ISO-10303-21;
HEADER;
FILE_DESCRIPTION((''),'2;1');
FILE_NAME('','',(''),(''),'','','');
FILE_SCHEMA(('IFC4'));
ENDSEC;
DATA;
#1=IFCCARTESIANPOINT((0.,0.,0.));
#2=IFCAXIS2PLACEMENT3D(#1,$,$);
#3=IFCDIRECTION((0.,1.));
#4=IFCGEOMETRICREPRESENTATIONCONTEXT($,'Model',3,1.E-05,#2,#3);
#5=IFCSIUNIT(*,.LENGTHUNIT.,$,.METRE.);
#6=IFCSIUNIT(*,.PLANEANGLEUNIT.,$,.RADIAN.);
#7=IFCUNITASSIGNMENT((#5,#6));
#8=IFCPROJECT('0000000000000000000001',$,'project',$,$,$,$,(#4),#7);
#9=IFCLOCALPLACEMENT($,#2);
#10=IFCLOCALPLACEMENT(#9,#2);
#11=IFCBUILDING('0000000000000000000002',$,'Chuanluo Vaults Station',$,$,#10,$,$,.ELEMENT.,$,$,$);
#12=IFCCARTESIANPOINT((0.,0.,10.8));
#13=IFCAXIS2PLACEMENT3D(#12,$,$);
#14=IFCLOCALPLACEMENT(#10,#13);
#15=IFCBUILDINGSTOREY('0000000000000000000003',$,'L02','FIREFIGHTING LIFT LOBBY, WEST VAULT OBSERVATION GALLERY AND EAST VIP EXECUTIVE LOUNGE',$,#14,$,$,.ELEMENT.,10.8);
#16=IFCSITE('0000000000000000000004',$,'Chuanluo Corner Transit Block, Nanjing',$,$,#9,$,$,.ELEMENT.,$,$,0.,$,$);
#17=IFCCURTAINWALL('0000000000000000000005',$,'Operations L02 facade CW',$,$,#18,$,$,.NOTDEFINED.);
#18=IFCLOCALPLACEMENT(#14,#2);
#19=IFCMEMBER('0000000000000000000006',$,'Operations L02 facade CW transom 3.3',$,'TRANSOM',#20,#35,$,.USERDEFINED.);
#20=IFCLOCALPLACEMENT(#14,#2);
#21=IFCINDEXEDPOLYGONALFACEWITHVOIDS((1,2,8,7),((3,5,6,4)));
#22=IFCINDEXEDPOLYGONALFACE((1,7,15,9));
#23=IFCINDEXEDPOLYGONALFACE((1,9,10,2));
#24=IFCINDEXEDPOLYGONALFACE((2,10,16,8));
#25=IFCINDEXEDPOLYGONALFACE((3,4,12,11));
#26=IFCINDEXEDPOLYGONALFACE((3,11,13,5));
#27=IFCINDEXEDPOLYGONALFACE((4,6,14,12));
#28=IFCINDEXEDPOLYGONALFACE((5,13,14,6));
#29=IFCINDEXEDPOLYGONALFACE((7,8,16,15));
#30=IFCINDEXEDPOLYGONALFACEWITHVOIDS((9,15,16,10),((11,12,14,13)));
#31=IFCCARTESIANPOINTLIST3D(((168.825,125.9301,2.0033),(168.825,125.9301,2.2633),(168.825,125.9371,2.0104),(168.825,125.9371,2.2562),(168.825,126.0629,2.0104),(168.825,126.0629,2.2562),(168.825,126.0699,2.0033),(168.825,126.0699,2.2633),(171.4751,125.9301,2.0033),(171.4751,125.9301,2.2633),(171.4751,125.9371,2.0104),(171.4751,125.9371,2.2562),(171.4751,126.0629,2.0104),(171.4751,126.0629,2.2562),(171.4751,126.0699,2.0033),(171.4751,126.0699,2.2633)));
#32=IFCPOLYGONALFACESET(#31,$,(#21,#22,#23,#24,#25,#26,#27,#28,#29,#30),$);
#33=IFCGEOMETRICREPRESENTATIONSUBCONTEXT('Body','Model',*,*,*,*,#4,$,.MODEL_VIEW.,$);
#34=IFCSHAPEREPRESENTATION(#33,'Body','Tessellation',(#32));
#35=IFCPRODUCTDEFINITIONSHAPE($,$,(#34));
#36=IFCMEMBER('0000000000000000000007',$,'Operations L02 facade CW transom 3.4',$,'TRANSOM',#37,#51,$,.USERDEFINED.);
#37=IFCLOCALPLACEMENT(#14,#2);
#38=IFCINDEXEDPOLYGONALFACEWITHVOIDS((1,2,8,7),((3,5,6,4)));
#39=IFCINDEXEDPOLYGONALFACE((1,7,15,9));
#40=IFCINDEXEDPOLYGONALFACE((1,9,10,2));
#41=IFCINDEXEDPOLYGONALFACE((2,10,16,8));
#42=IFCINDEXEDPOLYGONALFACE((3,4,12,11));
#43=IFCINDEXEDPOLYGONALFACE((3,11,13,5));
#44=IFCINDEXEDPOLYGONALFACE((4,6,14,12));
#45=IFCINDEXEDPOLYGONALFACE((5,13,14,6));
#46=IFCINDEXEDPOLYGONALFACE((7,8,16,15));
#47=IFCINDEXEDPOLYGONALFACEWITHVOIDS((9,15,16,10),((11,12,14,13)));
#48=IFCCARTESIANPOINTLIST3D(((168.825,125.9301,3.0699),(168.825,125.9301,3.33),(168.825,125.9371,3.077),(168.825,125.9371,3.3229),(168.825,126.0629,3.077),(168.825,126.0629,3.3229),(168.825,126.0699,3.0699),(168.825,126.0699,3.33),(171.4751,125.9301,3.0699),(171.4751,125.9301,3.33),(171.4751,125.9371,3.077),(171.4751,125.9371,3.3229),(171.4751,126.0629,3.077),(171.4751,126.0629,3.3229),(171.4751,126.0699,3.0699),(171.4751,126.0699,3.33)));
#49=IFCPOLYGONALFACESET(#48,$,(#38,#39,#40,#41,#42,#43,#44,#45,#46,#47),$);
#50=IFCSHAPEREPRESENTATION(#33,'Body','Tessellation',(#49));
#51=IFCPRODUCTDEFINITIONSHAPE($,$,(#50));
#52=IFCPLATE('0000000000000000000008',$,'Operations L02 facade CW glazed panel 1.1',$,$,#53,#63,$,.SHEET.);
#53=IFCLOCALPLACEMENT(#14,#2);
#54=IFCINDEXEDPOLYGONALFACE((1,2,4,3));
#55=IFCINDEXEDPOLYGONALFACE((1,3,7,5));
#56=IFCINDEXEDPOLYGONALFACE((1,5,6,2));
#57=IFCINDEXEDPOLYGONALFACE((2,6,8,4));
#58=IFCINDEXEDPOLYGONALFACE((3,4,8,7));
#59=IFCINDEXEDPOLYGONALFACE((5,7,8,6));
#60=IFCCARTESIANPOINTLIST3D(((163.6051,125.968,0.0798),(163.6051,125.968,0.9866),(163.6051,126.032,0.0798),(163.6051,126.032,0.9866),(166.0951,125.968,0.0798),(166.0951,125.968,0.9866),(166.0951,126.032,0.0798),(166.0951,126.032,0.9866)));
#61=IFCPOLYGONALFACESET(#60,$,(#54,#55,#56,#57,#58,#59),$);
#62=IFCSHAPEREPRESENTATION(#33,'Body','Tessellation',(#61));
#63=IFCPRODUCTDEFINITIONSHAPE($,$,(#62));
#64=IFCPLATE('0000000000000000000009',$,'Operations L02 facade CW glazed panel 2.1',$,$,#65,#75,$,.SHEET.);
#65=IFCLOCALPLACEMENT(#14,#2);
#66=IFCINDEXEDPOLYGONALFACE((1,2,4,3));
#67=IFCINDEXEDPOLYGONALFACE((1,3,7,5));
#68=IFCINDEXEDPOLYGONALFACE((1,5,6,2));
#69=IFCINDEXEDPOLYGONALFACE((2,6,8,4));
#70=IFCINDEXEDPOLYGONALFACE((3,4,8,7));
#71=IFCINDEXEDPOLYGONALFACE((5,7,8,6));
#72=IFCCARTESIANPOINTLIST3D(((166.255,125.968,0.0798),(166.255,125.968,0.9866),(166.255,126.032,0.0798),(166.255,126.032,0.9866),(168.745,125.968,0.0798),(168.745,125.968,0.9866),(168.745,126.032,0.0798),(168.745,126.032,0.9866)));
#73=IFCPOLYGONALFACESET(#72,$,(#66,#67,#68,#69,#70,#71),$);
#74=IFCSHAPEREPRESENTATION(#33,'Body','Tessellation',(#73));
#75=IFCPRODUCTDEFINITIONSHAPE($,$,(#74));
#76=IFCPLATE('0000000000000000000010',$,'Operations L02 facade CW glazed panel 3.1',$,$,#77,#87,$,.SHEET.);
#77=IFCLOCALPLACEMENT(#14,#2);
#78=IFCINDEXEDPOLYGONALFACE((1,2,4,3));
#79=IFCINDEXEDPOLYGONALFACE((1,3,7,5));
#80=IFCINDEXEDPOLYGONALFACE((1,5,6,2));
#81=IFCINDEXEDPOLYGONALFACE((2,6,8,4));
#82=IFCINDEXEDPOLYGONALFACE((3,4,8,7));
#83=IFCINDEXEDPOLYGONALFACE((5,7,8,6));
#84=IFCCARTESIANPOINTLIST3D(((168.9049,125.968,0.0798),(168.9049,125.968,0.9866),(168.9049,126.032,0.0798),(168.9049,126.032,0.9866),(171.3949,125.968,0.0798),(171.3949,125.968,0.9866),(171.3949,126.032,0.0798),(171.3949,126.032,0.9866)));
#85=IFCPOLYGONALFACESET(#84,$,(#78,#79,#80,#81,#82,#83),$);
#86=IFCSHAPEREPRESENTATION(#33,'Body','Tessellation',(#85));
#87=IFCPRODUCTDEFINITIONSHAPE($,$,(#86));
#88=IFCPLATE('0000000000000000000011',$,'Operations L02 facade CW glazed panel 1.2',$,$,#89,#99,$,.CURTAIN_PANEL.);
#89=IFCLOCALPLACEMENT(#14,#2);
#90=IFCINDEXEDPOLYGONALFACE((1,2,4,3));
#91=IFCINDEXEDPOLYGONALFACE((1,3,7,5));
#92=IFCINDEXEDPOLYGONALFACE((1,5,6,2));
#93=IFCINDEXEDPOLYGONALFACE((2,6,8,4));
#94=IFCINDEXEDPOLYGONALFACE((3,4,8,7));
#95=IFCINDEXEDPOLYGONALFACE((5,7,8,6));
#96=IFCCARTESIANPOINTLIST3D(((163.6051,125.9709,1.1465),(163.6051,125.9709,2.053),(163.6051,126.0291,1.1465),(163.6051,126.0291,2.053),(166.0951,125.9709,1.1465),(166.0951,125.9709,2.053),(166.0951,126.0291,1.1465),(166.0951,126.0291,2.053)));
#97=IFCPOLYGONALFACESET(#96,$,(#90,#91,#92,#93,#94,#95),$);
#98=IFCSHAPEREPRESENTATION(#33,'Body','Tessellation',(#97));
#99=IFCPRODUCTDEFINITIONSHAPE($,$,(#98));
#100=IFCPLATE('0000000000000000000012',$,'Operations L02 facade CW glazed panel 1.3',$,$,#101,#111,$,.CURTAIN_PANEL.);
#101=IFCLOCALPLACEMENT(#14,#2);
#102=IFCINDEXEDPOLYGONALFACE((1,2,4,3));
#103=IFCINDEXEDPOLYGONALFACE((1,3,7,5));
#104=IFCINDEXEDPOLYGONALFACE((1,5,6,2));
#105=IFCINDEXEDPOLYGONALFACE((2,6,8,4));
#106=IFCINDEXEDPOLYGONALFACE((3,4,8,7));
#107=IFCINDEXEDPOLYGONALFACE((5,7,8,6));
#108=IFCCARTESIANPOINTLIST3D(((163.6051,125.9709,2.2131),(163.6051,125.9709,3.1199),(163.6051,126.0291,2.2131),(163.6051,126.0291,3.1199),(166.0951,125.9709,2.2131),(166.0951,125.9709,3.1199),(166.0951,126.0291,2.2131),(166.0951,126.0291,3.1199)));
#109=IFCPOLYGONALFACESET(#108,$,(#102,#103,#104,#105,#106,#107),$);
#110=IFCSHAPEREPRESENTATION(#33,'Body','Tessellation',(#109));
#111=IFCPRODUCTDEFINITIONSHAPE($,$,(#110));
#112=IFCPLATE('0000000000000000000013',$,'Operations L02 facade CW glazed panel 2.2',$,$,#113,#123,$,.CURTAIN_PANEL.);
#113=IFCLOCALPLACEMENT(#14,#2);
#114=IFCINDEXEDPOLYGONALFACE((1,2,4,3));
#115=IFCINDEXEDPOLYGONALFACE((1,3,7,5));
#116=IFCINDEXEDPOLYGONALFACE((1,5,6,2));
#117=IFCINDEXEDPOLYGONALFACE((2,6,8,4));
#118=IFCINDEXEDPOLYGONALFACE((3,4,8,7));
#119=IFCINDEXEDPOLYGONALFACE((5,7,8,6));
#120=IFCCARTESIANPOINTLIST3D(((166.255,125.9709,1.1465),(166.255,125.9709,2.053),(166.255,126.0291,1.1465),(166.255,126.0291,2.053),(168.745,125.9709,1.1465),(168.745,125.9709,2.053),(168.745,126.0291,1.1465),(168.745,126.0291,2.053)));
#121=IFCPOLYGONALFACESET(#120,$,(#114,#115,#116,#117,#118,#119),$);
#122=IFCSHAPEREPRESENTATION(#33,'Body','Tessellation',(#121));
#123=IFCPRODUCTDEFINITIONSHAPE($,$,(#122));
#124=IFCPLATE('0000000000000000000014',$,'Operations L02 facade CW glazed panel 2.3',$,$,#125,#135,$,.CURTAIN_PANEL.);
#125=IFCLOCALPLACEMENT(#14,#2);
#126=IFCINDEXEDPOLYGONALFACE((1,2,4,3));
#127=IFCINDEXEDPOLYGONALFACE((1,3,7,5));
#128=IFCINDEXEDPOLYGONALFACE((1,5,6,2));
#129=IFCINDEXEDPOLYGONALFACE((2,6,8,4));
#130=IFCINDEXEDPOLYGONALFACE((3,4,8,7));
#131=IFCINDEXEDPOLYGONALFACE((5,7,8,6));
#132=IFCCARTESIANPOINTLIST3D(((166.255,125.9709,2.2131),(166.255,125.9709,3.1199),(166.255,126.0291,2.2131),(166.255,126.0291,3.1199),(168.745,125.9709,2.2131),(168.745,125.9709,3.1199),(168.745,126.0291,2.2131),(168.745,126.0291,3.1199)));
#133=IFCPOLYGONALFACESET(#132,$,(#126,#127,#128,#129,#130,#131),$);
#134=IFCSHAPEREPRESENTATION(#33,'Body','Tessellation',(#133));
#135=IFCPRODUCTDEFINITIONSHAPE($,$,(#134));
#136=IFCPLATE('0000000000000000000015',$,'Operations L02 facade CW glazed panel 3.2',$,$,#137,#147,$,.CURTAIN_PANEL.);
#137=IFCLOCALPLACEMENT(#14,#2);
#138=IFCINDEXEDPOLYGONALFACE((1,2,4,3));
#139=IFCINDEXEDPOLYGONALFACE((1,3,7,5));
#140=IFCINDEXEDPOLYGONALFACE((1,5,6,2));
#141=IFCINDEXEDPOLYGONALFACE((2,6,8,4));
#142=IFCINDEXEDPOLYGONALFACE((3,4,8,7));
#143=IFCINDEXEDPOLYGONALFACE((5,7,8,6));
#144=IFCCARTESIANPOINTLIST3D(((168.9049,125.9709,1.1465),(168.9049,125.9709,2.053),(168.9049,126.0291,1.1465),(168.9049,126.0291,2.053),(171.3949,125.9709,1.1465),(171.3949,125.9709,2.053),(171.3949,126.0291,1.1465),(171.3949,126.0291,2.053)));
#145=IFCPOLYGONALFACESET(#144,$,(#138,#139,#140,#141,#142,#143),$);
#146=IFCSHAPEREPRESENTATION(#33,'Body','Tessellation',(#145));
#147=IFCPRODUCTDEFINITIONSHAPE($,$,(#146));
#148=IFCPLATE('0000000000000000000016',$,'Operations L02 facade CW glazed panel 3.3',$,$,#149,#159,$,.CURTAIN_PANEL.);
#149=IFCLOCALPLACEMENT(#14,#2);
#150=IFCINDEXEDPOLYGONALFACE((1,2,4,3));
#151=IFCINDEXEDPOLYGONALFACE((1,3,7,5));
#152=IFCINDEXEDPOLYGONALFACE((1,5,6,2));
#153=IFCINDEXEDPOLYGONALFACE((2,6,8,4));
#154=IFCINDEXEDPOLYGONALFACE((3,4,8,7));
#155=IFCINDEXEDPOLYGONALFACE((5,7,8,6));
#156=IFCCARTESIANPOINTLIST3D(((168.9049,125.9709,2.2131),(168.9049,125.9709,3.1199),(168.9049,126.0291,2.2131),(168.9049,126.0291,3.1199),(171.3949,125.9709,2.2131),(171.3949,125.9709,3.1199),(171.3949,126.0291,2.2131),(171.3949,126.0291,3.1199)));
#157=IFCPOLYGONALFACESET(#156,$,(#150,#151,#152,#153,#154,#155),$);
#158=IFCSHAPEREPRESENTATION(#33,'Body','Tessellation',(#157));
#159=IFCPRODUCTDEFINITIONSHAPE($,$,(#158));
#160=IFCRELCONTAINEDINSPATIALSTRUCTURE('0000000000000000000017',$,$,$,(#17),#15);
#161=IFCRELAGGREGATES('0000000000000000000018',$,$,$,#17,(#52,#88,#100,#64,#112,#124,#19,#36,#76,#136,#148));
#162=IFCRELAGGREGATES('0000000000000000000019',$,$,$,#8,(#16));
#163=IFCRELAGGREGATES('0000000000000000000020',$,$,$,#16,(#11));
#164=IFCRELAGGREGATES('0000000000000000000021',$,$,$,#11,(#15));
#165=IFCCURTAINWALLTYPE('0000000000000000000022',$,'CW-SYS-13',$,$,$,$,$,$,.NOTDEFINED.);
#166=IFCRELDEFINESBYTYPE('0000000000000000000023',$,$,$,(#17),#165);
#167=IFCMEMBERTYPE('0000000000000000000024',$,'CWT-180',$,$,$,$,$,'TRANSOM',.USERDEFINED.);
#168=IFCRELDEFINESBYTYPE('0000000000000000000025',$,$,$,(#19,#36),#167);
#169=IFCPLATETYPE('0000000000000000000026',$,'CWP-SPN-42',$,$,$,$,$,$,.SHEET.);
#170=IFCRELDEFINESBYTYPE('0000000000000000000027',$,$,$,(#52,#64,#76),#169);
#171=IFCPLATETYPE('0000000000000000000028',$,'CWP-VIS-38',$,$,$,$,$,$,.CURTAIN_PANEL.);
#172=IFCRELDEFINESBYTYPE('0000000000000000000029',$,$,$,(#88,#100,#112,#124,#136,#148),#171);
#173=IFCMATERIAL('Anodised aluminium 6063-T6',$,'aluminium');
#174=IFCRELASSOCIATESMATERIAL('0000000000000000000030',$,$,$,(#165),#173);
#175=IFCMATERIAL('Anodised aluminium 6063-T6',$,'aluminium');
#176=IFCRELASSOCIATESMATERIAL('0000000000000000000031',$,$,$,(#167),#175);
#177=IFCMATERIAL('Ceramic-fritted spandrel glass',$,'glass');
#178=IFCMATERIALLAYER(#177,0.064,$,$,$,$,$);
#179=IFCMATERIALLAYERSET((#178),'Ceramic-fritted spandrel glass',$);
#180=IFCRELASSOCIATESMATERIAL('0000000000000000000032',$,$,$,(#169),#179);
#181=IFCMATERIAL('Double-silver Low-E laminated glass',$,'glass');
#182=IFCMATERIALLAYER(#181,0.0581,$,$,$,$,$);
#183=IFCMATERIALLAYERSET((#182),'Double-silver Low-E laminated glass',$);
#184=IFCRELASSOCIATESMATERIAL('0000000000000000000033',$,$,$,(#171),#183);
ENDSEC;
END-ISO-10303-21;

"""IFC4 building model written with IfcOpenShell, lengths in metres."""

from ifc_helpers import new_model, si_unit, direction, frame, origin, origin_2d, place, context, subcontext, project, spatial, rectangle, hollow_rectangle, extrude, material, layer, layer_set, material_profile, profile_set, type_object, element, aggregate, save


model = new_model("IFC4")

# Units and contexts
model_context = context("Model", 3, precision=1e-05, world=origin(), true_north=direction((0.0, 1.0)))
body_context = subcontext(model_context, "Body", "Model", "MODEL_VIEW")
ifc_project = project(units=[si_unit("LENGTHUNIT", "METRE"), si_unit("PLANEANGLEUNIT", "RADIAN")], contexts=[model_context])

# Site, building, storey
site_placement = place(None, origin())
site = spatial("IfcSite", under=ifc_project, at=site_placement, Name="Chuanluo Corner Transit Block, Nanjing", CompositionType="ELEMENT", RefElevation=0.0)
building_placement = place(site_placement, origin())
building = spatial("IfcBuilding", under=site, at=building_placement, Name="Chuanluo Vaults Station", CompositionType="ELEMENT")
storey_placement = place(building_placement, frame((0.0, 0.0, 10.8)))
storey = spatial("IfcBuildingStorey", under=building, at=storey_placement, Name="L02", Description="FIREFIGHTING LIFT LOBBY, WEST VAULT OBSERVATION GALLERY AND EAST VIP EXECUTIVE LOUNGE", CompositionType="ELEMENT", Elevation=10.8)

# Curtain wall, members, plates
ifc_material_1 = material(Name="Anodised aluminium 6063-T6", Category="aluminium")
curtain_wall_type = type_object("IfcCurtainWallType", Name="CW-SYS-13", PredefinedType="NOTDEFINED", material=ifc_material_1)
curtain_wall_placement = place(storey_placement, origin())
curtain_wall = element("IfcCurtainWall", 1, at=curtain_wall_placement, inside=storey, type_object=curtain_wall_type, Name="Operations L02 facade CW", PredefinedType="NOTDEFINED")
ifc_material_2 = material(Name="Anodised aluminium 6063-T6", Category="aluminium")
ifc_material_profile_1 = material_profile(ifc_material_2, hollow_rectangle(XDim=0.1399, YDim=0.26, WallThickness=0.0071, at=origin_2d()))
ifc_profile_set_1 = profile_set([ifc_material_profile_1], Name="Anodised aluminium 6063-T6")
member_type_1 = type_object("IfcMemberType", Name="CWT-180", ElementType="TRANSOM", PredefinedType="USERDEFINED", material=ifc_profile_set_1)
member_1_placement = place(storey_placement, frame((168.825, 126.0, 2.1333), z_axis=(1.0, 0.0, 0.0), x_axis=(0.0, 1.0, 0.0)))
member_1 = element("IfcMember", 2, at=member_1_placement, type_object=member_type_1, Name="Operations L02 facade CW transom 3.3", ObjectType="TRANSOM", PredefinedType="USERDEFINED", context=body_context, shape_type="SweptSolid", body=[
    extrude(hollow_rectangle(XDim=0.1399, YDim=0.26, WallThickness=0.0071, at=origin_2d()), origin(), (0.0, 0.0, 1.0), 2.6501),
])
member_2_placement = place(storey_placement, frame((168.825, 126.0, 3.2), z_axis=(1.0, 0.0, 0.0), x_axis=(0.0, 1.0, 0.0)))
member_2 = element("IfcMember", 3, at=member_2_placement, type_object=member_type_1, Name="Operations L02 facade CW transom 3.4", ObjectType="TRANSOM", PredefinedType="USERDEFINED", context=body_context, shape_type="SweptSolid", body=[
    extrude(hollow_rectangle(XDim=0.1399, YDim=0.26, WallThickness=0.0071, at=origin_2d()), origin(), (0.0, 0.0, 1.0), 2.6501),
])
ifc_material_3 = material(Name="Ceramic-fritted spandrel glass", Category="glass")
ifc_layer_1 = layer(ifc_material_3, 0.064)
ifc_layer_set_1 = layer_set([ifc_layer_1], Name="Ceramic-fritted spandrel glass")
plate_type_1 = type_object("IfcPlateType", Name="CWP-SPN-42", PredefinedType="SHEET", material=ifc_layer_set_1)
plate_1_placement = place(storey_placement, frame((164.8501, 126.0, 0.0798), z_axis=(0.0, 0.0, 1.0), x_axis=(1.0, 0.0, 0.0)))
plate_1 = element("IfcPlate", 4, at=plate_1_placement, type_object=plate_type_1, Name="Operations L02 facade CW glazed panel 1.1", PredefinedType="SHEET", context=body_context, shape_type="SweptSolid", body=[
    extrude(rectangle(XDim=2.49, YDim=0.064, at=origin_2d()), origin(), (0.0, 0.0, 1.0), 0.9067),
])
plate_2_placement = place(storey_placement, frame((167.5, 126.0, 0.0798), z_axis=(0.0, 0.0, 1.0), x_axis=(1.0, 0.0, 0.0)))
plate_2 = element("IfcPlate", 5, at=plate_2_placement, type_object=plate_type_1, Name="Operations L02 facade CW glazed panel 2.1", PredefinedType="SHEET", context=body_context, shape_type="SweptSolid", body=[
    extrude(rectangle(XDim=2.49, YDim=0.064, at=origin_2d()), origin(), (0.0, 0.0, 1.0), 0.9067),
])
plate_3_placement = place(storey_placement, frame((170.1499, 126.0, 0.0798), z_axis=(0.0, 0.0, 1.0), x_axis=(1.0, 0.0, 0.0)))
plate_3 = element("IfcPlate", 6, at=plate_3_placement, type_object=plate_type_1, Name="Operations L02 facade CW glazed panel 3.1", PredefinedType="SHEET", context=body_context, shape_type="SweptSolid", body=[
    extrude(rectangle(XDim=2.49, YDim=0.064, at=origin_2d()), origin(), (0.0, 0.0, 1.0), 0.9067),
])
ifc_material_4 = material(Name="Double-silver Low-E laminated glass", Category="glass")
ifc_layer_2 = layer(ifc_material_4, 0.0581)
ifc_layer_set_2 = layer_set([ifc_layer_2], Name="Double-silver Low-E laminated glass")
plate_type_2 = type_object("IfcPlateType", Name="CWP-VIS-38", PredefinedType="CURTAIN_PANEL", material=ifc_layer_set_2)
plate_4_placement = place(storey_placement, frame((164.8501, 126.0, 1.1465), z_axis=(0.0, 0.0, 1.0), x_axis=(1.0, 0.0, 0.0)))
plate_4 = element("IfcPlate", 7, at=plate_4_placement, type_object=plate_type_2, Name="Operations L02 facade CW glazed panel 1.2", PredefinedType="CURTAIN_PANEL", context=body_context, shape_type="SweptSolid", body=[
    extrude(rectangle(XDim=2.49, YDim=0.0581, at=origin_2d()), origin(), (0.0, 0.0, 1.0), 0.9065),
])
plate_5_placement = place(storey_placement, frame((164.8501, 126.0, 2.2131), z_axis=(0.0, 0.0, 1.0), x_axis=(1.0, 0.0, 0.0)))
plate_5 = element("IfcPlate", 8, at=plate_5_placement, type_object=plate_type_2, Name="Operations L02 facade CW glazed panel 1.3", PredefinedType="CURTAIN_PANEL", context=body_context, shape_type="SweptSolid", body=[
    extrude(rectangle(XDim=2.49, YDim=0.0581, at=origin_2d()), origin(), (0.0, 0.0, 1.0), 0.9067),
])
plate_6_placement = place(storey_placement, frame((167.5, 126.0, 1.1465), z_axis=(0.0, 0.0, 1.0), x_axis=(1.0, 0.0, 0.0)))
plate_6 = element("IfcPlate", 9, at=plate_6_placement, type_object=plate_type_2, Name="Operations L02 facade CW glazed panel 2.2", PredefinedType="CURTAIN_PANEL", context=body_context, shape_type="SweptSolid", body=[
    extrude(rectangle(XDim=2.49, YDim=0.0581, at=origin_2d()), origin(), (0.0, 0.0, 1.0), 0.9065),
])
plate_7_placement = place(storey_placement, frame((167.5, 126.0, 2.2131), z_axis=(0.0, 0.0, 1.0), x_axis=(1.0, 0.0, 0.0)))
plate_7 = element("IfcPlate", 10, at=plate_7_placement, type_object=plate_type_2, Name="Operations L02 facade CW glazed panel 2.3", PredefinedType="CURTAIN_PANEL", context=body_context, shape_type="SweptSolid", body=[
    extrude(rectangle(XDim=2.49, YDim=0.0581, at=origin_2d()), origin(), (0.0, 0.0, 1.0), 0.9067),
])
plate_8_placement = place(storey_placement, frame((170.1499, 126.0, 1.1465), z_axis=(0.0, 0.0, 1.0), x_axis=(1.0, 0.0, 0.0)))
plate_8 = element("IfcPlate", 11, at=plate_8_placement, type_object=plate_type_2, Name="Operations L02 facade CW glazed panel 3.2", PredefinedType="CURTAIN_PANEL", context=body_context, shape_type="SweptSolid", body=[
    extrude(rectangle(XDim=2.49, YDim=0.0581, at=origin_2d()), origin(), (0.0, 0.0, 1.0), 0.9065),
])
plate_9_placement = place(storey_placement, frame((170.1499, 126.0, 2.2131), z_axis=(0.0, 0.0, 1.0), x_axis=(1.0, 0.0, 0.0)))
plate_9 = element("IfcPlate", 12, at=plate_9_placement, type_object=plate_type_2, Name="Operations L02 facade CW glazed panel 3.3", PredefinedType="CURTAIN_PANEL", context=body_context, shape_type="SweptSolid", body=[
    extrude(rectangle(XDim=2.49, YDim=0.0581, at=origin_2d()), origin(), (0.0, 0.0, 1.0), 0.9067),
])
aggregate(curtain_wall, [plate_1, plate_4, plate_5, plate_2, plate_6, plate_7, member_1, member_2, plate_3, plate_8, plate_9])

save(model, "model.ifc")
